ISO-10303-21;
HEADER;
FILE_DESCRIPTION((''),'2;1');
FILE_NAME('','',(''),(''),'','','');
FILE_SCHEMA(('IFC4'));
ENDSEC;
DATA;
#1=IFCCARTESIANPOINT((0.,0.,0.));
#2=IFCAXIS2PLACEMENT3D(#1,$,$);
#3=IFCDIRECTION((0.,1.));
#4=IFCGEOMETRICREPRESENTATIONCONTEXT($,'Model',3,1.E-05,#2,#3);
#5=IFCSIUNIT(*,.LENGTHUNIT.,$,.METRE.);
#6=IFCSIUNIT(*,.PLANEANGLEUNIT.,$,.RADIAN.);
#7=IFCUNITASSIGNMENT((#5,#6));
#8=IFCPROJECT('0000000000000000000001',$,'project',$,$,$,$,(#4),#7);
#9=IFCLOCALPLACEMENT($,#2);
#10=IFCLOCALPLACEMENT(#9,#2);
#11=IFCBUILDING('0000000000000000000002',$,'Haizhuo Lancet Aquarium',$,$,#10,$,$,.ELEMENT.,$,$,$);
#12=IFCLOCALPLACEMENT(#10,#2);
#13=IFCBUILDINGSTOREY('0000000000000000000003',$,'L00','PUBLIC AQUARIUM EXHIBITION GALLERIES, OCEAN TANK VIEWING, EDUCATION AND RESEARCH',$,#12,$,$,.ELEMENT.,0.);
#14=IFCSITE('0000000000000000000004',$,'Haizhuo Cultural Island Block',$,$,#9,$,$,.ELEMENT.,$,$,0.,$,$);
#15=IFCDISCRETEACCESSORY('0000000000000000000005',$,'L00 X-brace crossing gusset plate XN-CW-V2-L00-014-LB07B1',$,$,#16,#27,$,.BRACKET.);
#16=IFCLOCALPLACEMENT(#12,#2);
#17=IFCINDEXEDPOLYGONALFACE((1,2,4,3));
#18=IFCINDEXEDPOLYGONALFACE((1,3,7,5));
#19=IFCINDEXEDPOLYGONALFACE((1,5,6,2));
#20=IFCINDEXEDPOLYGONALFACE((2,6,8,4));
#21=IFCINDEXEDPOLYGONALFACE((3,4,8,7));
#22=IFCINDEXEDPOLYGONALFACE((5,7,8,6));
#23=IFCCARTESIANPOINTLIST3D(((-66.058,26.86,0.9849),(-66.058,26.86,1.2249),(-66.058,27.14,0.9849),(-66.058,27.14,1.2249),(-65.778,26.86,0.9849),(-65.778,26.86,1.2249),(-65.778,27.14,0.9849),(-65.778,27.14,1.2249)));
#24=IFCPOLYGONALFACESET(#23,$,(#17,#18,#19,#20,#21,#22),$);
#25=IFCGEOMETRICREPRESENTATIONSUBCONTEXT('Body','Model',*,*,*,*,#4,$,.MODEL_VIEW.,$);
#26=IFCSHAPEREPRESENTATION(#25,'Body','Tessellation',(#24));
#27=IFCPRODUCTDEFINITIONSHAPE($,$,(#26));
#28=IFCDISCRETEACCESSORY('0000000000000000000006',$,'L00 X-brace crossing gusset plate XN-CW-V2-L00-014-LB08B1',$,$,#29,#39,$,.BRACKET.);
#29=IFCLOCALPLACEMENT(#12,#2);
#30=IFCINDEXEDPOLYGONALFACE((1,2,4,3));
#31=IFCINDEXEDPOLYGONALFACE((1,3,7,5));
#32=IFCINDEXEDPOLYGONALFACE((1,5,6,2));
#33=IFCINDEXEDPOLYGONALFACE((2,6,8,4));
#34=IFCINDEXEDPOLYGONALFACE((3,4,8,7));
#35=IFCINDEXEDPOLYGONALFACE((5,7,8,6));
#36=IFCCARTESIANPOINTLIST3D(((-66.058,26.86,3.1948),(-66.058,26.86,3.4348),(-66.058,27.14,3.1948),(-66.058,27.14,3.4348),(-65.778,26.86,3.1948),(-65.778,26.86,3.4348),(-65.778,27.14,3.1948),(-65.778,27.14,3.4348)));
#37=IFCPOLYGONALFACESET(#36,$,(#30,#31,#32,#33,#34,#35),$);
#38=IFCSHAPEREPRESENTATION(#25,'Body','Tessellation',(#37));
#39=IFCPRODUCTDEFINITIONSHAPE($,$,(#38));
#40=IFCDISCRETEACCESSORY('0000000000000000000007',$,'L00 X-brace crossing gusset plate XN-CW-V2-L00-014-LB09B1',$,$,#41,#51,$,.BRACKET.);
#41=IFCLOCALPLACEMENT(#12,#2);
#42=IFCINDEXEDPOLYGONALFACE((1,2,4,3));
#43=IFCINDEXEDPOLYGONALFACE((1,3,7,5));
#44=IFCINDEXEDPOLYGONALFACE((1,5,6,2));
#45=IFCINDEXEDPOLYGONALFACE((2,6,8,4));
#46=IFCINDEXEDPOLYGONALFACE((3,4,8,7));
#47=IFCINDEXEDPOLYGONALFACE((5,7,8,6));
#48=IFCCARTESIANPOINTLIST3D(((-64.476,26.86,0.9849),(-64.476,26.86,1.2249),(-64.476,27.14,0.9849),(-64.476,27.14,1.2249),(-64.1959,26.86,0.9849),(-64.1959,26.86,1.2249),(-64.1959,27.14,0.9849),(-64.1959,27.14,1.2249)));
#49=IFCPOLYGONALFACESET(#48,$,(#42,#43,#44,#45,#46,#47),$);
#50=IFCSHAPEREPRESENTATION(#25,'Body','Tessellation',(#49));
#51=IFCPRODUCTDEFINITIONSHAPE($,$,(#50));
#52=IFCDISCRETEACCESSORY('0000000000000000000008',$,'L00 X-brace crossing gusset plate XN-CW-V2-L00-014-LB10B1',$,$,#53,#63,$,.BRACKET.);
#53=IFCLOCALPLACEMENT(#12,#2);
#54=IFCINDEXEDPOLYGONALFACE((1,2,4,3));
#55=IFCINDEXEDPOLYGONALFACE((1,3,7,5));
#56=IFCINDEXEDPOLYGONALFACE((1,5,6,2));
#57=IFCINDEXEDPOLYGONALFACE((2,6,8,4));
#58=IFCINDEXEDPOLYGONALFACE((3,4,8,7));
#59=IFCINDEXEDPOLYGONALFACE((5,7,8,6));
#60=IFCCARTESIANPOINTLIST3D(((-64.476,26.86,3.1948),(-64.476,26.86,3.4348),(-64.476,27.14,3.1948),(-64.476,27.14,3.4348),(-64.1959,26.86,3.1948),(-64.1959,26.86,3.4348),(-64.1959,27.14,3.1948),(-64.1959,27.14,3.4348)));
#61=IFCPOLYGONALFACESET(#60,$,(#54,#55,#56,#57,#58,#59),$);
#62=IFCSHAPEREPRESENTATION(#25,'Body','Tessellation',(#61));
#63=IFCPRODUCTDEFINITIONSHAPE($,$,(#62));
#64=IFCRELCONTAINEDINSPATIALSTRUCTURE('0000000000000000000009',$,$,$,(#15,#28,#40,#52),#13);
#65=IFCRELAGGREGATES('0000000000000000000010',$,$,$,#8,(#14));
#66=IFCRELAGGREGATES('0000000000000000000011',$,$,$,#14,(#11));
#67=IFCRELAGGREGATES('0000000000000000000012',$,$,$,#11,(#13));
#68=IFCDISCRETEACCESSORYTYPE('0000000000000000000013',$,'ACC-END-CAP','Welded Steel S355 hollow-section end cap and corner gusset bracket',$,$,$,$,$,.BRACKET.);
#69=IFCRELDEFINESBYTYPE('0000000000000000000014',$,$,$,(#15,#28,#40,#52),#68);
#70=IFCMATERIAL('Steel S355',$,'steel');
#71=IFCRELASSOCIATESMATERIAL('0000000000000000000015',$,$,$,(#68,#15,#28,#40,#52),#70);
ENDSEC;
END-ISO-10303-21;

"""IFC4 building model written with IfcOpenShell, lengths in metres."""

from ifc_helpers import new_model, si_unit, direction, frame, origin, origin_2d, place, context, subcontext, project, spatial, rectangle, extrude, material, type_object, element, save


model = new_model("IFC4")

# Units and contexts
model_context = context("Model", 3, precision=1e-05, world=origin(), true_north=direction((0.0, 1.0)))
body_context = subcontext(model_context, "Body", "Model", "MODEL_VIEW")
ifc_project = project(units=[si_unit("LENGTHUNIT", "METRE"), si_unit("PLANEANGLEUNIT", "RADIAN")], contexts=[model_context])

# Site, building, storey
site_placement = place(None, origin())
site = spatial("IfcSite", under=ifc_project, at=site_placement, Name="Haizhuo Cultural Island Block", CompositionType="ELEMENT", RefElevation=0.0)
building_placement = place(site_placement, origin())
building = spatial("IfcBuilding", under=site, at=building_placement, Name="Haizhuo Lancet Aquarium", CompositionType="ELEMENT")
storey_placement = place(building_placement, origin())
storey = spatial("IfcBuildingStorey", under=building, at=storey_placement, Name="L00", Description="PUBLIC AQUARIUM EXHIBITION GALLERIES, OCEAN TANK VIEWING, EDUCATION AND RESEARCH", CompositionType="ELEMENT", Elevation=0.0)

# Shared definitions
ifc_material_1 = material(Name="Steel S355", Category="steel")

# Discrete accessories
discrete_accessory_type = type_object("IfcDiscreteAccessoryType", Name="ACC-END-CAP", Description="Welded Steel S355 hollow-section end cap and corner gusset bracket", PredefinedType="BRACKET", material=ifc_material_1)
for number, where, z_axis, x_axis, name in (
    (1, (-65.918, 27.0, 0.9849), (0.0, 0.0, 1.0), (1.0, 0.0, 0.0), "L00 X-brace crossing gusset plate XN-CW-V2-L00-014-LB07B1"),
    (2, (-65.918, 27.0, 3.1948), (0.0, 0.0, 1.0), (1.0, 0.0, 0.0), "L00 X-brace crossing gusset plate XN-CW-V2-L00-014-LB08B1"),
    (3, (-64.3359, 27.0, 0.9849), (0.0, 0.0, 1.0), (1.0, 0.0, 0.0), "L00 X-brace crossing gusset plate XN-CW-V2-L00-014-LB09B1"),
    (4, (-64.3359, 27.0, 3.1948), (0.0, 0.0, 1.0), (1.0, 0.0, 0.0), "L00 X-brace crossing gusset plate XN-CW-V2-L00-014-LB10B1"),
):
    element("IfcDiscreteAccessory", number, at=place(storey_placement, frame(where, z_axis=z_axis, x_axis=x_axis)), inside=storey, type_object=discrete_accessory_type, material=ifc_material_1, Name=name, PredefinedType="BRACKET", context=body_context, shape_type="SweptSolid", body=[
        extrude(rectangle(XDim=0.28, YDim=0.28, at=origin_2d()), origin(), (0.0, 0.0, 1.0), 0.24),
    ])

save(model, "model.ifc")
